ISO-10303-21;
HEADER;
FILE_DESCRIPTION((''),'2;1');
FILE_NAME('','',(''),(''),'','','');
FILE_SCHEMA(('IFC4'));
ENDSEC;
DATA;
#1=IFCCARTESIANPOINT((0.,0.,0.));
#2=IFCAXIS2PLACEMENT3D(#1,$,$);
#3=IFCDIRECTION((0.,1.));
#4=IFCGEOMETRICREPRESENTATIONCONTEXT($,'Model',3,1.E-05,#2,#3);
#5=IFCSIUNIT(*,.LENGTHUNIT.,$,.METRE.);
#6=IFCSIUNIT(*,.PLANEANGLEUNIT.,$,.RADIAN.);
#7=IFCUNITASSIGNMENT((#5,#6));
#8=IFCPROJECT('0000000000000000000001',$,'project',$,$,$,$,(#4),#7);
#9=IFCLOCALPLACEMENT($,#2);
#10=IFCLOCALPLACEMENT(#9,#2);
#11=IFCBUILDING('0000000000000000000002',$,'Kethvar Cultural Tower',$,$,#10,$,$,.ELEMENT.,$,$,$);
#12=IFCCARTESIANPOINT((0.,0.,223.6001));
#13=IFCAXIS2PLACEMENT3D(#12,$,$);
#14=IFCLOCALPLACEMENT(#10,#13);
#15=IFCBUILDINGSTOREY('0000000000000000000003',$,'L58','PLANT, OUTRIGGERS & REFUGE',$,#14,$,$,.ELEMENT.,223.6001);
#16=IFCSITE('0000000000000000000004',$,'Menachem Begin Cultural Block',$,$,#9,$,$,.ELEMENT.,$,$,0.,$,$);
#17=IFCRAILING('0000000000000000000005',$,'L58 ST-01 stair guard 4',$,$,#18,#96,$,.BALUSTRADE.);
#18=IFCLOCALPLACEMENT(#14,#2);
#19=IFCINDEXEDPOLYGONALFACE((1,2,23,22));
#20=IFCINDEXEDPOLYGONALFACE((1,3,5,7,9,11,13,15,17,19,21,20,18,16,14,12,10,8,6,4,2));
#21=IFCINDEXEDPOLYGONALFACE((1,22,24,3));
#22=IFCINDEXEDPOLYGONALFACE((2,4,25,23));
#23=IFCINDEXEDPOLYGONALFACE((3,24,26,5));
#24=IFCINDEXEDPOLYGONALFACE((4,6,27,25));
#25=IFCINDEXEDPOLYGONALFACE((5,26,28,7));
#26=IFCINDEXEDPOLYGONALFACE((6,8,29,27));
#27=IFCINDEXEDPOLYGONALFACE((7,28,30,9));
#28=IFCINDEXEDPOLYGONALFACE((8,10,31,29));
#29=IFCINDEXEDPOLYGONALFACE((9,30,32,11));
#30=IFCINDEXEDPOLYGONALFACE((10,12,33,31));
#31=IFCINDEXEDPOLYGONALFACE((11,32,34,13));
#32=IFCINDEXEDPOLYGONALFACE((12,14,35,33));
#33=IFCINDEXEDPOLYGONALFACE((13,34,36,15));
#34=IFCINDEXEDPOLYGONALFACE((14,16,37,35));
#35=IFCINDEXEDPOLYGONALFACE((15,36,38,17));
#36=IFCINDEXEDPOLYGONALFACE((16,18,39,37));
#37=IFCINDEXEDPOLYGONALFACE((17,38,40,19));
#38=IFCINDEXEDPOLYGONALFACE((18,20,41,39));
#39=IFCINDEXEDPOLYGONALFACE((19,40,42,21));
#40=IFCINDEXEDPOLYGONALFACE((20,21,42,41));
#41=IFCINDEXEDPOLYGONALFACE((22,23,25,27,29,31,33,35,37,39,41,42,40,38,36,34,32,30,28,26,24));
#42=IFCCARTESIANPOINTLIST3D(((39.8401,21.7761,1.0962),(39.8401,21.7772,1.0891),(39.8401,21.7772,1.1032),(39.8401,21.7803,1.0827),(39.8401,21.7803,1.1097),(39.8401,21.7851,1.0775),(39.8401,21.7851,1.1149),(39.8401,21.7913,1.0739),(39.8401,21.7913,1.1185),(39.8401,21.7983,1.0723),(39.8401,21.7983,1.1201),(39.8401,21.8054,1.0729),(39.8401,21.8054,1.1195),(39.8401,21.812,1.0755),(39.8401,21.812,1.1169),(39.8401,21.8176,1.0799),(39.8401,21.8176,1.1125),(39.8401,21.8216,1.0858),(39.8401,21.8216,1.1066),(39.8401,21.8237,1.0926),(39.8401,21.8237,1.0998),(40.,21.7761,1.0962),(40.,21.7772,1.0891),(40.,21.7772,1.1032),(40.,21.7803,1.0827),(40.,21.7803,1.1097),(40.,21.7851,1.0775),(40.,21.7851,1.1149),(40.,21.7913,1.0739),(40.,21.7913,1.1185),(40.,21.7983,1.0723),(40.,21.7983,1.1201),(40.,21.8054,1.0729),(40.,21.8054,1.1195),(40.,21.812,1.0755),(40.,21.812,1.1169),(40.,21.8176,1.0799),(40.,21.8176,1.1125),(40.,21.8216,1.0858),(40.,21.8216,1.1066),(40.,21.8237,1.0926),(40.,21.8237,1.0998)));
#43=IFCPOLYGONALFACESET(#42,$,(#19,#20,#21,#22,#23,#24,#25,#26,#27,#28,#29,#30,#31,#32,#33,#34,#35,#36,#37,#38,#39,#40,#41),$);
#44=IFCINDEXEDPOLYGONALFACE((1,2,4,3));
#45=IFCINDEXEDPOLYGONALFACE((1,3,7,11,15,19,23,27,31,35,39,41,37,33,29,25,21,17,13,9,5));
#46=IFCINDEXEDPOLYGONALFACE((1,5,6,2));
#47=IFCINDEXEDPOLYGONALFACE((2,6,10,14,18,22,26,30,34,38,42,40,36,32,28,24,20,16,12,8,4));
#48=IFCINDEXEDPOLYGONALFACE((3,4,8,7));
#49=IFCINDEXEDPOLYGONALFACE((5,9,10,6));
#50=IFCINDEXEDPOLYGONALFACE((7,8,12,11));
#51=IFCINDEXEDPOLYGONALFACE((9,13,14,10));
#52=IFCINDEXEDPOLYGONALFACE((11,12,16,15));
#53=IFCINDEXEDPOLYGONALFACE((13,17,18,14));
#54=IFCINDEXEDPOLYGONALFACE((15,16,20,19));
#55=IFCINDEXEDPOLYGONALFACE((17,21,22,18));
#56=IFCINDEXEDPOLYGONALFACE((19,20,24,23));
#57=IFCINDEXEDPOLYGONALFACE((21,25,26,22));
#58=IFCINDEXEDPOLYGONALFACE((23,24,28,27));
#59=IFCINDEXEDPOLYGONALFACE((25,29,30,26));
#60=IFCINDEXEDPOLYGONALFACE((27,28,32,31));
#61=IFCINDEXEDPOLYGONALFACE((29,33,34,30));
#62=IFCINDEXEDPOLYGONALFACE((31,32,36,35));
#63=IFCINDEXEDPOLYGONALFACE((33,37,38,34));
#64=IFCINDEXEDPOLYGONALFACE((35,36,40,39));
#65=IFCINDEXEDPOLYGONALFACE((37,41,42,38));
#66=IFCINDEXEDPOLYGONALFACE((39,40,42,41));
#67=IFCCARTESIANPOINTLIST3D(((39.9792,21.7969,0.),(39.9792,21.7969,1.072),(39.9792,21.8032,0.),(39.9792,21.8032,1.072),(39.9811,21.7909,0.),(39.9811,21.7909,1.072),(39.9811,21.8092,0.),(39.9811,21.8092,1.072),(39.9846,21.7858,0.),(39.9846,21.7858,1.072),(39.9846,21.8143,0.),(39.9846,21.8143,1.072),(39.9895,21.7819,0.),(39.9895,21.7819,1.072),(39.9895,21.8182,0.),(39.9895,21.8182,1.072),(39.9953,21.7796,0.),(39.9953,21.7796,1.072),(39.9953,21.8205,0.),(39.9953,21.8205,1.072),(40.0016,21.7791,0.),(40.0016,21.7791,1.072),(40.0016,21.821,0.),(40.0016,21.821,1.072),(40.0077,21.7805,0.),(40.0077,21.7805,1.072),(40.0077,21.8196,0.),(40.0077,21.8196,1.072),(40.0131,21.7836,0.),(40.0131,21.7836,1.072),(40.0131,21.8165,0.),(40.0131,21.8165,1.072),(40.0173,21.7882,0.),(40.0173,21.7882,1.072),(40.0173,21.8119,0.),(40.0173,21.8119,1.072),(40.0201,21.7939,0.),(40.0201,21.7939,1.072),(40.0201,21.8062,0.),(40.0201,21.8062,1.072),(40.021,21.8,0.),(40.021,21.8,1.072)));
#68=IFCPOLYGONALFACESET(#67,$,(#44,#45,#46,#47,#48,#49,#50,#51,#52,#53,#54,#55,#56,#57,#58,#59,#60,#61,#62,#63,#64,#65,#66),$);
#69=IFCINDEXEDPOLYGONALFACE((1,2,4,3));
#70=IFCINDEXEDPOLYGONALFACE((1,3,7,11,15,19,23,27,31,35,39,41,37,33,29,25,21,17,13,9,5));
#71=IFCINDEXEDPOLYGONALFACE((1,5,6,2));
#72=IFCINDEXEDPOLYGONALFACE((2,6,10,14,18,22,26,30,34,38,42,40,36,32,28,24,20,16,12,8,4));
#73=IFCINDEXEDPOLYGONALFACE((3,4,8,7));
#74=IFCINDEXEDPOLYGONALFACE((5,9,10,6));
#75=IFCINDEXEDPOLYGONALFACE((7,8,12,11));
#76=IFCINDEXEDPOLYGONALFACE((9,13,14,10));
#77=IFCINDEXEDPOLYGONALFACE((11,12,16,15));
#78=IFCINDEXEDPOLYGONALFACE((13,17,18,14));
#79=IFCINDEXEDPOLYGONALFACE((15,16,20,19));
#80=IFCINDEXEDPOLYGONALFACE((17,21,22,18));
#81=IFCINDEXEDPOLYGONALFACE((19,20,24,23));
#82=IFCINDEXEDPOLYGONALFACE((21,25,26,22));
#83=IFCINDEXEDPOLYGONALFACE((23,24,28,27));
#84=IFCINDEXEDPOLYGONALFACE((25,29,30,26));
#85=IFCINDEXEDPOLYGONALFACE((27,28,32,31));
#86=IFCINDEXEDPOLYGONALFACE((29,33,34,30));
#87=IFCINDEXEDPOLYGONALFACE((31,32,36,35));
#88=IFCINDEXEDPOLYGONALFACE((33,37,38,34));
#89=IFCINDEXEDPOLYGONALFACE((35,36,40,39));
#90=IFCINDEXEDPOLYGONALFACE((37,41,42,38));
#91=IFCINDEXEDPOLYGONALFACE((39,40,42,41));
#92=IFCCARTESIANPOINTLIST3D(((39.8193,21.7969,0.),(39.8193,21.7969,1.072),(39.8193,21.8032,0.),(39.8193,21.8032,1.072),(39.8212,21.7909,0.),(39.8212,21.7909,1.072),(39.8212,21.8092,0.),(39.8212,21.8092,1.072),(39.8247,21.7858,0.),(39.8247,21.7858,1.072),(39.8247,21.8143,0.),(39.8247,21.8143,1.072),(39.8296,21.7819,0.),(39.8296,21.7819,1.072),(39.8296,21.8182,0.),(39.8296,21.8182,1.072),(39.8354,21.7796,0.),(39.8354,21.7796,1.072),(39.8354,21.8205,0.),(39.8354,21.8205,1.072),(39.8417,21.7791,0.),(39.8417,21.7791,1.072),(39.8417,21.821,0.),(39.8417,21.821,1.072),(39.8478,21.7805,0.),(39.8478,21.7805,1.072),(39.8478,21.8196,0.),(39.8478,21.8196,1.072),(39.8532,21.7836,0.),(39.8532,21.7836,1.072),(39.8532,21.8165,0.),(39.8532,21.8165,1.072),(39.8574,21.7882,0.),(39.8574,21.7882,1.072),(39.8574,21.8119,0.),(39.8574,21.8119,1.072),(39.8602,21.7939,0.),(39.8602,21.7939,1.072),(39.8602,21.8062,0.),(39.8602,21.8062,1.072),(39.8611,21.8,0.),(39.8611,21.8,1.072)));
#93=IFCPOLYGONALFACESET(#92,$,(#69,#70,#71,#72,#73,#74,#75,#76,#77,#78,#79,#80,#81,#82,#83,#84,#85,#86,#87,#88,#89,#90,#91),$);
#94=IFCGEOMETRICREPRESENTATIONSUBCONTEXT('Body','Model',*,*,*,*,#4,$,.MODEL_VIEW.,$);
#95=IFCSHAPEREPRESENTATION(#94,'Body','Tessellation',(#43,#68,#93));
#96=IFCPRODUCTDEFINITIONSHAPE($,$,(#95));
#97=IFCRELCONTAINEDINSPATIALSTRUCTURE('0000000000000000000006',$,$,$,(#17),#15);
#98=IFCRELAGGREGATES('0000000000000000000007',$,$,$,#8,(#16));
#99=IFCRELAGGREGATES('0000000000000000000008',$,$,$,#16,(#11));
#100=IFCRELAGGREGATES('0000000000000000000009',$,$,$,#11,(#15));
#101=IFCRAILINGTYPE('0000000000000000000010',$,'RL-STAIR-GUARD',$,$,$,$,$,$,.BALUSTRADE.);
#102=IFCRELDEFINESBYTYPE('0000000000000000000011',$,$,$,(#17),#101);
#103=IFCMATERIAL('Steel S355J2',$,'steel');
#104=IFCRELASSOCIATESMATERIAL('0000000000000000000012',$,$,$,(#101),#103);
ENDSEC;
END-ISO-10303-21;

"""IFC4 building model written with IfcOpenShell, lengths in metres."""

from ifc_helpers import new_model, si_unit, direction, frame, origin, origin_2d, place, context, subcontext, project, spatial, circle, extrude, material, type_object, element, save


model = new_model("IFC4")

# Units and contexts
model_context = context("Model", 3, precision=1e-05, world=origin(), true_north=direction((0.0, 1.0)))
body_context = subcontext(model_context, "Body", "Model", "MODEL_VIEW")
ifc_project = project(units=[si_unit("LENGTHUNIT", "METRE"), si_unit("PLANEANGLEUNIT", "RADIAN")], contexts=[model_context])

# Site, building, storey
site_placement = place(None, origin())
site = spatial("IfcSite", under=ifc_project, at=site_placement, Name="Menachem Begin Cultural Block", CompositionType="ELEMENT", RefElevation=0.0)
building_placement = place(site_placement, origin())
building = spatial("IfcBuilding", under=site, at=building_placement, Name="Kethvar Cultural Tower", CompositionType="ELEMENT")
storey_placement = place(building_placement, frame((0.0, 0.0, 223.6001)))
storey = spatial("IfcBuildingStorey", under=building, at=storey_placement, Name="L58", Description="PLANT, OUTRIGGERS & REFUGE", CompositionType="ELEMENT", Elevation=223.6001)

# Shared definitions
ifc_material_1 = material(Name="Steel S355J2", Category="steel")

# Railing
railing_type_1 = type_object("IfcRailingType", Name="RL-STAIR-GUARD", PredefinedType="BALUSTRADE", material=ifc_material_1)
railing_1_placement = place(storey_placement, frame((40.0, 21.8, 0.0)))
element("IfcRailing", 1, at=railing_1_placement, inside=storey, type_object=railing_type_1, Name="L58 ST-01 stair guard 4", PredefinedType="BALUSTRADE", context=body_context, shape_type="SweptSolid", body=[
    extrude(circle(Radius=0.0239, at=origin_2d()), frame((0.0, 0.0, 1.0962), z_axis=(-1.0, 0.0, 0.0), x_axis=(0.0, -1.0, 0.0)), (0.0, 0.0, 1.0), 0.1599),
    extrude(circle(Radius=0.021, at=origin_2d()), origin(), (0.0, 0.0, 1.0), 1.072),
    extrude(circle(Radius=0.021, at=origin_2d()), frame((-0.1599, 0.0, 0.0)), (0.0, 0.0, 1.0), 1.072),
])

save(model, "model.ifc")
